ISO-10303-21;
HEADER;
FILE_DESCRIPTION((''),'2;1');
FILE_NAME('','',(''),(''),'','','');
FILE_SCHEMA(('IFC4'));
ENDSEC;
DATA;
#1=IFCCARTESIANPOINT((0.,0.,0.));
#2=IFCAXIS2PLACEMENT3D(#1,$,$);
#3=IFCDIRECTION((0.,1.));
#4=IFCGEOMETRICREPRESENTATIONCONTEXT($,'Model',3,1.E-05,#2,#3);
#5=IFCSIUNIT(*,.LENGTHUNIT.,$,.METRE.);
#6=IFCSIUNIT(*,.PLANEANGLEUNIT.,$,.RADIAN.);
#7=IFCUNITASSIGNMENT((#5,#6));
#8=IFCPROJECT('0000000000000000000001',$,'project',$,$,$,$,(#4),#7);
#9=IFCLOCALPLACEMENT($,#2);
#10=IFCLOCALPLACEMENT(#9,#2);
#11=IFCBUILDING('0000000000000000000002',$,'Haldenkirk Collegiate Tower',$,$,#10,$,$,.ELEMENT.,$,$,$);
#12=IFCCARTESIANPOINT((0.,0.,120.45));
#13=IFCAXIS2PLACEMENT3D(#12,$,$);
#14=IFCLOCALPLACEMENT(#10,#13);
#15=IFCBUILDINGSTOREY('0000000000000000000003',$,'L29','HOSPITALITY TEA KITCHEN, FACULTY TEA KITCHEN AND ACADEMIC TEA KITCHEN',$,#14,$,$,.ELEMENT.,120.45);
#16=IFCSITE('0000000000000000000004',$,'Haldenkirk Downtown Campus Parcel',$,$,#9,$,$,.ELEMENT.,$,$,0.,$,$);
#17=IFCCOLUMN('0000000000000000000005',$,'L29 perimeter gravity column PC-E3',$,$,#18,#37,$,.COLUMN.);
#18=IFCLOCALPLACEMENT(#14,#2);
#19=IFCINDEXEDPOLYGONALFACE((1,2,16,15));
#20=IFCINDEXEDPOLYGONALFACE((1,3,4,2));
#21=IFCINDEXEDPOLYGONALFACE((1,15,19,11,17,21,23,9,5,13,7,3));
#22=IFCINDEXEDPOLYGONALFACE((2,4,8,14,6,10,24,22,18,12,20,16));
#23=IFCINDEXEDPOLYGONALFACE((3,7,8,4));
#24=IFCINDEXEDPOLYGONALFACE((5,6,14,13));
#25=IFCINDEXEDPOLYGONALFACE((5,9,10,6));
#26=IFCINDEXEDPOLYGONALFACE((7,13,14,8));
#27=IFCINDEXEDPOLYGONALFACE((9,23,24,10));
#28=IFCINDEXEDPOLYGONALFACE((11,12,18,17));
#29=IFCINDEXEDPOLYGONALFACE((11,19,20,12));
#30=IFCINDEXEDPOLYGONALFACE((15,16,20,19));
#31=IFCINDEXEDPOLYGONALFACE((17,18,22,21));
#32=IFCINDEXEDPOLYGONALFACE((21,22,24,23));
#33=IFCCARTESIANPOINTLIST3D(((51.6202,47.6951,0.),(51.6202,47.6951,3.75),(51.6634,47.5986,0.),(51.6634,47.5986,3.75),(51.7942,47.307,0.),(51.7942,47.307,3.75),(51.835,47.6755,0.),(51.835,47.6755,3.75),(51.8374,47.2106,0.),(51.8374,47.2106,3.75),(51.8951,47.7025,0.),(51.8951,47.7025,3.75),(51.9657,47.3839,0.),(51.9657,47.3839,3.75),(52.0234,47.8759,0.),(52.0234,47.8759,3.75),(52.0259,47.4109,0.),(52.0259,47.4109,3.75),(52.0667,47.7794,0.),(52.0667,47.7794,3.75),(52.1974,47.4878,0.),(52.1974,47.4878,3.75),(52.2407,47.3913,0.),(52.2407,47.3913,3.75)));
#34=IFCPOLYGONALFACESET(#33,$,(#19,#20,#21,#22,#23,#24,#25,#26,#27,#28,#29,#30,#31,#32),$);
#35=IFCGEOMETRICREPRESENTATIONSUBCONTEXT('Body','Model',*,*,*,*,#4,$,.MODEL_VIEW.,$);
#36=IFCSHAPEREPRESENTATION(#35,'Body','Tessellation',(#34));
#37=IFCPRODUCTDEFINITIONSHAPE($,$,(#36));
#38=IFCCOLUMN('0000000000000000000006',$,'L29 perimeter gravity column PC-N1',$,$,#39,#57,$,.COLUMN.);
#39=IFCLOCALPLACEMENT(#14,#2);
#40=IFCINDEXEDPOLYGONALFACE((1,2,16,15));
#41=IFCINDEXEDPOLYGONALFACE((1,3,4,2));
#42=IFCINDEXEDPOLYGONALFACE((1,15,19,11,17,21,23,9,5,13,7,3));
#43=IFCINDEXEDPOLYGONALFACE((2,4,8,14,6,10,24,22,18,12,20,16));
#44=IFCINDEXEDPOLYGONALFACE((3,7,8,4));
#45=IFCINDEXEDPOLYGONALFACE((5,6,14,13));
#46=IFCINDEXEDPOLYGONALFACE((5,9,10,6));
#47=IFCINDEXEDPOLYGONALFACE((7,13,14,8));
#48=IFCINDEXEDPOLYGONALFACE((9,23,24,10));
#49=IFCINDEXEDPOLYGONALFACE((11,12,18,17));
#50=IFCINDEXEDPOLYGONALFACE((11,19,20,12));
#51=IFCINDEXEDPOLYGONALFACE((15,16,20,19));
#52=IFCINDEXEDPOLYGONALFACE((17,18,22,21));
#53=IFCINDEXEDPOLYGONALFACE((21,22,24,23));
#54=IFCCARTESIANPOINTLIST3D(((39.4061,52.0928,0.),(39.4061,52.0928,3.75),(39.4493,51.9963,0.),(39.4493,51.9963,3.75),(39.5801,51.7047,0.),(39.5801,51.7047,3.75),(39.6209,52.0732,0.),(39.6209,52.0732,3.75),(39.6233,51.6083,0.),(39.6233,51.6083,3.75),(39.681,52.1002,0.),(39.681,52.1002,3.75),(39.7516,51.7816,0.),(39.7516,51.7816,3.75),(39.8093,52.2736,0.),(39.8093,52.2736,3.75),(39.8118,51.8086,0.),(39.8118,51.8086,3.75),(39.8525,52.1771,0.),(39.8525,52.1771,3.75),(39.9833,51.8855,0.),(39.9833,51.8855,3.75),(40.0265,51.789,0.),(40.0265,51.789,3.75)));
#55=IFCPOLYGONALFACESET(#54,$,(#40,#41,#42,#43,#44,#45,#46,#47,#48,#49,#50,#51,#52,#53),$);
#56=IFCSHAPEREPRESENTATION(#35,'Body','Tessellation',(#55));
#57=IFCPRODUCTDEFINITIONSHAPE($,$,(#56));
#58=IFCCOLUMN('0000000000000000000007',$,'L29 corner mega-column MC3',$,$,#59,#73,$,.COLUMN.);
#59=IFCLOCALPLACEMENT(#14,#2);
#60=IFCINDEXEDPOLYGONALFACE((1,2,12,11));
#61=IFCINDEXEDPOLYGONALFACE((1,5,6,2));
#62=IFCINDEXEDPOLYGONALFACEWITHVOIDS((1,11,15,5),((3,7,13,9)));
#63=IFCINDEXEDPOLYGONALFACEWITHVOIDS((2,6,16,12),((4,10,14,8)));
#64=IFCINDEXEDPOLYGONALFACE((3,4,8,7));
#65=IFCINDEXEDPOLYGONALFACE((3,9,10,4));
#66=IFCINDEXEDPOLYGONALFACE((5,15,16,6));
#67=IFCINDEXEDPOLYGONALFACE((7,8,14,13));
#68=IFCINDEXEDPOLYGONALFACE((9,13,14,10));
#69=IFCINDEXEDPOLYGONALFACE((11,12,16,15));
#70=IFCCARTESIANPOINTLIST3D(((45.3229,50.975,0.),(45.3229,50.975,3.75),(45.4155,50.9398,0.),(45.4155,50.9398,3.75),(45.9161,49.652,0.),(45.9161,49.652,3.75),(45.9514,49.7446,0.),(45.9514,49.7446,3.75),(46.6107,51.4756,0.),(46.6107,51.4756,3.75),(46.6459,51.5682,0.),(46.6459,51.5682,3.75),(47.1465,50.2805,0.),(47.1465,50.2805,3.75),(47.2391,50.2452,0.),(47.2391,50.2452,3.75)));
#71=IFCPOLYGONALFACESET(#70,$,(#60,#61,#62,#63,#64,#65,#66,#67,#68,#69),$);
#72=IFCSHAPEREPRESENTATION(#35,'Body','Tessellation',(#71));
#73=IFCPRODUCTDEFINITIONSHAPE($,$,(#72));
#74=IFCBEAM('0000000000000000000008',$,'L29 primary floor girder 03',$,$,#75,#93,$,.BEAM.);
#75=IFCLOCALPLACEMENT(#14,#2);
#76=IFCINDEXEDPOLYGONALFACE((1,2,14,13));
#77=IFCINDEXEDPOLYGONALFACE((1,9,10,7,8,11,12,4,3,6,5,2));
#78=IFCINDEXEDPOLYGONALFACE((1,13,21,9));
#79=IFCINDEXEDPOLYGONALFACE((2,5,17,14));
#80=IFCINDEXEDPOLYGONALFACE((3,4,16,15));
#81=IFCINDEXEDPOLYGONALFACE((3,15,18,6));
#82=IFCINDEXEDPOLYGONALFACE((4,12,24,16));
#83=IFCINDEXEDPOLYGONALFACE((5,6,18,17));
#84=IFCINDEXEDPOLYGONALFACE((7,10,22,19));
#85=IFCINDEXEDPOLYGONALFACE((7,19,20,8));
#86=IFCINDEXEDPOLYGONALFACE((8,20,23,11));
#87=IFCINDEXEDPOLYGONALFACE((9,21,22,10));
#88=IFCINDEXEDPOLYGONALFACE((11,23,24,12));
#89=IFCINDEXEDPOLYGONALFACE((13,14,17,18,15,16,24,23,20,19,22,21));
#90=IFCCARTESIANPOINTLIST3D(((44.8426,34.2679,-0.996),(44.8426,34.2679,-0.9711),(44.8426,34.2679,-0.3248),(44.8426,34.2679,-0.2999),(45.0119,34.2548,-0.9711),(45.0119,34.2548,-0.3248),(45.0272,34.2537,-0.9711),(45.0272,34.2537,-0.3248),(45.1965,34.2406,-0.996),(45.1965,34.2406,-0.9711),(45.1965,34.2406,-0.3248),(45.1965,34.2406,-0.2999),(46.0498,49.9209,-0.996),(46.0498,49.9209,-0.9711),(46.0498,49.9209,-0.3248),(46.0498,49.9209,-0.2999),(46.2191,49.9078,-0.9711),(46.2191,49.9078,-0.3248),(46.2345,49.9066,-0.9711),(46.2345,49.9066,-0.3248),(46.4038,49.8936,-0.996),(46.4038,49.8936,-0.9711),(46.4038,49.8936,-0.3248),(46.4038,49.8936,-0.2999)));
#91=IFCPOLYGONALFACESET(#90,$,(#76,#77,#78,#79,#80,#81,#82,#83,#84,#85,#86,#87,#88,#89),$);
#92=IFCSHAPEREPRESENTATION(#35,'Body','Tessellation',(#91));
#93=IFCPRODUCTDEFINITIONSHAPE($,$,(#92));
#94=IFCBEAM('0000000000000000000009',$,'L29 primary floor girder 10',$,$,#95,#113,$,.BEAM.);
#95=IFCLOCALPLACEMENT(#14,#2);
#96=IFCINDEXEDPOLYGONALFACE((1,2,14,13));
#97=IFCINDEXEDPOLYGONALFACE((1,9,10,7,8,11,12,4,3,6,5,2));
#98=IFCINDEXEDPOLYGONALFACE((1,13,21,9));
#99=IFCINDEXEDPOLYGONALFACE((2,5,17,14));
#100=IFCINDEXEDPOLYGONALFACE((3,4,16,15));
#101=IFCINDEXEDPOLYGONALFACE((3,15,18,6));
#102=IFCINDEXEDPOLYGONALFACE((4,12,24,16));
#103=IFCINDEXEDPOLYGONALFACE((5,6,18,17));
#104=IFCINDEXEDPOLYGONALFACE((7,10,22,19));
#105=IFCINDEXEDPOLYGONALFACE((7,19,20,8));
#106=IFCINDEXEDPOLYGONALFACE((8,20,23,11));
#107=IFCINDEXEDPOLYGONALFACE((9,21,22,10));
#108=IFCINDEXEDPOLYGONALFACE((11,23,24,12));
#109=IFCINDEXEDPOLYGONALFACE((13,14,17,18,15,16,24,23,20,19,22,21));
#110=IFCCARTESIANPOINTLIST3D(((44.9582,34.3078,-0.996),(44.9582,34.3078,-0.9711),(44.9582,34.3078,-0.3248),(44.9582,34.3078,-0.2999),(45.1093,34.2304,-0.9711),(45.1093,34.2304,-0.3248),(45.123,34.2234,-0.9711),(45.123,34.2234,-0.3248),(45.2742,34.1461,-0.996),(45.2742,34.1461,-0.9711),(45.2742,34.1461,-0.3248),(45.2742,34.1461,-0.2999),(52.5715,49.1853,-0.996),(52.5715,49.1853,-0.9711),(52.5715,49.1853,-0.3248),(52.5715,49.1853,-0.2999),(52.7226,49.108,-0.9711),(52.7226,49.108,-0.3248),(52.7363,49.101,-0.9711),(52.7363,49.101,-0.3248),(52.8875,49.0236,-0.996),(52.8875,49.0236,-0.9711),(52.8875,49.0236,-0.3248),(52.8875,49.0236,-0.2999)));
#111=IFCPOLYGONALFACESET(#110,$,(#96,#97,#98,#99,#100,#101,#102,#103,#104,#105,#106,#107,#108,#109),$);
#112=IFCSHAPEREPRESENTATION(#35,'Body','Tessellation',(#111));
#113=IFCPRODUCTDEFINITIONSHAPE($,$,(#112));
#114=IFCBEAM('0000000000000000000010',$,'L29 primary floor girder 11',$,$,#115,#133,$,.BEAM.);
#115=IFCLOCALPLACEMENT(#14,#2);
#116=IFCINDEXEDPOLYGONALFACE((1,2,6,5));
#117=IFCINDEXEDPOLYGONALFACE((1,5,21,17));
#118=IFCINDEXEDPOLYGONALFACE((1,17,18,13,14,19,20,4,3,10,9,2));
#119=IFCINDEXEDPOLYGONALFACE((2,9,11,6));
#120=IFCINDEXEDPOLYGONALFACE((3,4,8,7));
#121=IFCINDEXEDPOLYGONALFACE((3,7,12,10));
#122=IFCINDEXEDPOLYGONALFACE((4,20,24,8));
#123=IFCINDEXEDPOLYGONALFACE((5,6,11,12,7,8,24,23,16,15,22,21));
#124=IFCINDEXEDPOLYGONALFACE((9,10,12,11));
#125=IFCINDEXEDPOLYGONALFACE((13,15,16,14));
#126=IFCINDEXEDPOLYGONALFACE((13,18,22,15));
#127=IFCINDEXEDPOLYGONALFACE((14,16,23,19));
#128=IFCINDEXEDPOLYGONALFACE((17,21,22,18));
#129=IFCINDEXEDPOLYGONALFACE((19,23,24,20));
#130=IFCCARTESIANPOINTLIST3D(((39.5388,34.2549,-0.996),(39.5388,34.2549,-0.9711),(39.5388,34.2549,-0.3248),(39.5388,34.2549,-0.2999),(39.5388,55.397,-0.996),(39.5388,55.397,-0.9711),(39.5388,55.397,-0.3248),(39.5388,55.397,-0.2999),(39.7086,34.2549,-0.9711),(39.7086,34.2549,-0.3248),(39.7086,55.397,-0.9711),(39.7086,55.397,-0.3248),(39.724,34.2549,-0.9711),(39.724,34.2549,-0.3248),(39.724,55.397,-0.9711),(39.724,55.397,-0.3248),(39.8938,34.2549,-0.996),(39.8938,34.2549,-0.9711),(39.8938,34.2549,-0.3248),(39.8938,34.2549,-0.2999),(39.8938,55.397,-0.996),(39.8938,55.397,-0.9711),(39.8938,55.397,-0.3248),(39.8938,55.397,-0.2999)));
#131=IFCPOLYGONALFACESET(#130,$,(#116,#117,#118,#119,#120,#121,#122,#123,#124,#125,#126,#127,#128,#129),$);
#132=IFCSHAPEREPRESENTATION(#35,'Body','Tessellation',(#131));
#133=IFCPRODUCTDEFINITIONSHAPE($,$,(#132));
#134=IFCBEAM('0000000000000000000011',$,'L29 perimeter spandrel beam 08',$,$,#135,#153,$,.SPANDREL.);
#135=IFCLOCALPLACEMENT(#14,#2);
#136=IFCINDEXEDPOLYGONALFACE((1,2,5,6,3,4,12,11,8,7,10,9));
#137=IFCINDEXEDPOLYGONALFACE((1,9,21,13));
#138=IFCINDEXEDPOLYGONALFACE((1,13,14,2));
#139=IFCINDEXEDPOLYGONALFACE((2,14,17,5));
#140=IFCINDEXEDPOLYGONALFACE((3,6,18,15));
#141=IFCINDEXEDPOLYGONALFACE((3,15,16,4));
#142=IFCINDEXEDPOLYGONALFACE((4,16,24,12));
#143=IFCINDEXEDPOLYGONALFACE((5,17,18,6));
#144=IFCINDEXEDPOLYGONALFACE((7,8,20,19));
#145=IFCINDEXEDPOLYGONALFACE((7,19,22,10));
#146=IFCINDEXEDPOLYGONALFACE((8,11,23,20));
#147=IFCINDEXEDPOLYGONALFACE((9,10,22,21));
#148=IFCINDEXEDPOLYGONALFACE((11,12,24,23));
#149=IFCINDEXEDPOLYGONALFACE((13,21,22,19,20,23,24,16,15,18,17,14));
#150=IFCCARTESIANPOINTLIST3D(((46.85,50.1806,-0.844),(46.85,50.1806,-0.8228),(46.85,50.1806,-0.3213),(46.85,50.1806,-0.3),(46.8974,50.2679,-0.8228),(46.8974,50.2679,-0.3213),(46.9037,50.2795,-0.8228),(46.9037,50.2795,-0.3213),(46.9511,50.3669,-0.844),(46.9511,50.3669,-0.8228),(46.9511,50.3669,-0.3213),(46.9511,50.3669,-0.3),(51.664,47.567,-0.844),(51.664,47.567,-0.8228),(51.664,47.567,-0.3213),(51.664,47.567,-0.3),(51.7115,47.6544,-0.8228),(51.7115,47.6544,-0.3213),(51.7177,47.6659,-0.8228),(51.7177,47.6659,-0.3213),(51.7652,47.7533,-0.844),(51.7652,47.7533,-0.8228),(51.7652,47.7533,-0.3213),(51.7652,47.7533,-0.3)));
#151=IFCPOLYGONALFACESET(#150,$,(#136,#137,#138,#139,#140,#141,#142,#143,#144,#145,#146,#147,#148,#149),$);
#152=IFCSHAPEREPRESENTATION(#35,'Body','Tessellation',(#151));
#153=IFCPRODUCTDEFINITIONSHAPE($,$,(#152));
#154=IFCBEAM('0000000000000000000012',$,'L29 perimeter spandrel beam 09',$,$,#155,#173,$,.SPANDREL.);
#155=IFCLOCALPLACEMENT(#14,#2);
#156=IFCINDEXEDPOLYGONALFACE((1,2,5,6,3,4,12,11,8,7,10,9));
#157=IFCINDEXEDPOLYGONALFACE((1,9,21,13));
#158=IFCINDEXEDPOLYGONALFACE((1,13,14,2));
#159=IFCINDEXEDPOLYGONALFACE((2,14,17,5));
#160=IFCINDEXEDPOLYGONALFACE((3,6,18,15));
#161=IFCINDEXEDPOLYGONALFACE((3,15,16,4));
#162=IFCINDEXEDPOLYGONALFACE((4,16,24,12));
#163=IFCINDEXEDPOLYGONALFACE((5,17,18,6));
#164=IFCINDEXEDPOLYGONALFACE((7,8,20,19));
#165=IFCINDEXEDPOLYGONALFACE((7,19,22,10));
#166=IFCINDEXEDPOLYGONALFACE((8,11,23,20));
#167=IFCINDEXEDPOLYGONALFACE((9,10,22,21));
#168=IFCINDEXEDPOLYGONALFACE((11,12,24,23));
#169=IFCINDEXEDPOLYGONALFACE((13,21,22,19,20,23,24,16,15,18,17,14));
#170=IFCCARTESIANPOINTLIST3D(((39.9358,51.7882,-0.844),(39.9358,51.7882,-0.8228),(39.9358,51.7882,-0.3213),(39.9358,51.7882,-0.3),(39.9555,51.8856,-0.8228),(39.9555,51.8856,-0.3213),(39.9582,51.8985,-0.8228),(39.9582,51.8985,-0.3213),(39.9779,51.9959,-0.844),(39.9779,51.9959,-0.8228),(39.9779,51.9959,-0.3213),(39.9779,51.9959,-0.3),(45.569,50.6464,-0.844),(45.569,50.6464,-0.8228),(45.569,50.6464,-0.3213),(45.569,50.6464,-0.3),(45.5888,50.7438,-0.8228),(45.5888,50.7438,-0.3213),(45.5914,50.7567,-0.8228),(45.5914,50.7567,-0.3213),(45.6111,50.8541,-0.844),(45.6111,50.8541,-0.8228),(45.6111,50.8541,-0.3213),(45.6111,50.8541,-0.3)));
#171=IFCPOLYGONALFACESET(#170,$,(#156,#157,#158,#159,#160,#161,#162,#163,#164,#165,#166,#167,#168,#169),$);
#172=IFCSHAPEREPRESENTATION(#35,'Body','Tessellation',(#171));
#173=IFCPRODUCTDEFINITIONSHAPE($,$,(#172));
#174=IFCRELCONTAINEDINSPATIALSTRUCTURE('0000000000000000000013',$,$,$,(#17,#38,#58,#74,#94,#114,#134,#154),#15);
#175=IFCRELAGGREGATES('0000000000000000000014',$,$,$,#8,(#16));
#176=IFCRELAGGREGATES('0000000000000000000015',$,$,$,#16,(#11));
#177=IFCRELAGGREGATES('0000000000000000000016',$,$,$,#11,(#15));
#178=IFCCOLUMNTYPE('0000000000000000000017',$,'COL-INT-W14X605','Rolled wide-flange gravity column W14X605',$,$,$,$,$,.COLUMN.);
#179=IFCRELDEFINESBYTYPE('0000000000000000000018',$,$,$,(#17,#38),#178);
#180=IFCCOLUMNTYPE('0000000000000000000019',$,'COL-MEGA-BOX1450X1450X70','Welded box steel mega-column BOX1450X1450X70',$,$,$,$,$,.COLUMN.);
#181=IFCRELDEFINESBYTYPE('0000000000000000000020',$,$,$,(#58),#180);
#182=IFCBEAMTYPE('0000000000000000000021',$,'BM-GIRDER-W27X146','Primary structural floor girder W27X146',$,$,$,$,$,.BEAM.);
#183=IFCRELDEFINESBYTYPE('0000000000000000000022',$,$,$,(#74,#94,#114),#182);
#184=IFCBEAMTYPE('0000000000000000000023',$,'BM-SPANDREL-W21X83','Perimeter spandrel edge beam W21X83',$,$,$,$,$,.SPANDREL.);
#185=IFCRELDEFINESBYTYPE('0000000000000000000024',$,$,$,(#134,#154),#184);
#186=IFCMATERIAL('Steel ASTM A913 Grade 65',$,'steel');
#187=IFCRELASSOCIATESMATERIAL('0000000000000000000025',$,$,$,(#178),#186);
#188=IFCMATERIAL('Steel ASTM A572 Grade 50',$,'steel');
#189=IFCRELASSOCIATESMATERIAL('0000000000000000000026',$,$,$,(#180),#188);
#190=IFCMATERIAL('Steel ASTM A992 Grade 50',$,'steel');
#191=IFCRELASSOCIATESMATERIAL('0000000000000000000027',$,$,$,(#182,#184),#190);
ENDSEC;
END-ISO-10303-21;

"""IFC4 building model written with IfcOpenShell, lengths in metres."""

from ifc_helpers import new_model, si_unit, direction, frame, origin, origin_2d, place, context, subcontext, project, spatial, hollow_rectangle, i_section, extrude, material, material_profile, profile_set, type_object, element, save


model = new_model("IFC4")

# Units and contexts
model_context = context("Model", 3, precision=1e-05, world=origin(), true_north=direction((0.0, 1.0)))
body_context = subcontext(model_context, "Body", "Model", "MODEL_VIEW")
ifc_project = project(units=[si_unit("LENGTHUNIT", "METRE"), si_unit("PLANEANGLEUNIT", "RADIAN")], contexts=[model_context])

# Site, building, storey
site_placement = place(None, origin())
site = spatial("IfcSite", under=ifc_project, at=site_placement, Name="Haldenkirk Downtown Campus Parcel", CompositionType="ELEMENT", RefElevation=0.0)
building_placement = place(site_placement, origin())
building = spatial("IfcBuilding", under=site, at=building_placement, Name="Haldenkirk Collegiate Tower", CompositionType="ELEMENT")
storey_placement = place(building_placement, frame((0.0, 0.0, 120.45)))
storey = spatial("IfcBuildingStorey", under=building, at=storey_placement, Name="L29", Description="HOSPITALITY TEA KITCHEN, FACULTY TEA KITCHEN AND ACADEMIC TEA KITCHEN", CompositionType="ELEMENT", Elevation=120.45)

# Columns
ifc_material_1 = material(Name="Steel ASTM A913 Grade 65", Category="steel")
ifc_material_profile_1 = material_profile(ifc_material_1, i_section(OverallWidth=0.4419, OverallDepth=0.531, WebThickness=0.0659, FlangeThickness=0.1057, at=origin_2d()), Name="W14X605")
ifc_profile_set_1 = profile_set([ifc_material_profile_1], Name="Steel ASTM A913 Grade 65")
column_type_1 = type_object("IfcColumnType", Name="COL-INT-W14X605", Description="Rolled wide-flange gravity column W14X605", PredefinedType="COLUMN", material=ifc_profile_set_1)
for number, where, z_axis, x_axis, name in (
    (1, (51.9304, 47.5432, 0.0), (0.0, 0.0, 1.0), (0.912477, 0.409127, 0.0), "L29 perimeter gravity column PC-E3"),
    (2, (39.7163, 51.9409, 0.0), (0.0, 0.0, 1.0), (0.912477, 0.409127, 0.0), "L29 perimeter gravity column PC-N1"),
):
    element("IfcColumn", number, at=place(storey_placement, frame(where, z_axis=z_axis, x_axis=x_axis)), inside=storey, type_object=column_type_1, Name=name, PredefinedType="COLUMN", context=body_context, shape_type="SweptSolid", body=[
        extrude(i_section(OverallWidth=0.4419, OverallDepth=0.531, WebThickness=0.0659, FlangeThickness=0.1057, at=origin_2d()), origin(), (0.0, 0.0, 1.0), 3.75),
    ])
ifc_material_2 = material(Name="Steel ASTM A572 Grade 50", Category="steel")
ifc_material_profile_2 = material_profile(ifc_material_2, hollow_rectangle(XDim=1.45, YDim=1.45, WallThickness=0.0701, at=origin_2d()), Name="BOX1450X1450X70")
ifc_profile_set_2 = profile_set([ifc_material_profile_2], Name="Steel ASTM A572 Grade 50")
column_type_2 = type_object("IfcColumnType", Name="COL-MEGA-BOX1450X1450X70", Description="Welded box steel mega-column BOX1450X1450X70", PredefinedType="COLUMN", material=ifc_profile_set_2)
column_placement = place(storey_placement, frame((46.281, 50.6101, 0.0), z_axis=(0.0, 0.0, 1.0), x_axis=(0.912477, 0.409127, 0.0)))
element("IfcColumn", 3, at=column_placement, inside=storey, type_object=column_type_2, Name="L29 corner mega-column MC3", PredefinedType="COLUMN", context=body_context, shape_type="SweptSolid", body=[
    extrude(hollow_rectangle(XDim=1.45, YDim=1.45, WallThickness=0.0701, at=origin_2d()), origin(), (0.0, 0.0, 1.0), 3.75),
])

# Beams
ifc_material_3 = material(Name="Steel ASTM A992 Grade 50", Category="steel")
ifc_material_profile_3 = material_profile(ifc_material_3, i_section(OverallWidth=0.355, OverallDepth=0.696, WebThickness=0.0154, FlangeThickness=0.0249, at=origin_2d()), Name="W27X146")
ifc_profile_set_3 = profile_set([ifc_material_profile_3], Name="Steel ASTM A992 Grade 50")
beam_type_1 = type_object("IfcBeamType", Name="BM-GIRDER-W27X146", Description="Primary structural floor girder W27X146", PredefinedType="BEAM", material=ifc_profile_set_3)
beam_1_placement = place(storey_placement, frame((46.2268, 49.9072, -0.6479), z_axis=(-0.076899, -0.997039, 0.0), x_axis=(0.997039, -0.076899, 0.0)))
element("IfcBeam", 4, at=beam_1_placement, inside=storey, type_object=beam_type_1, Name="L29 primary floor girder 03", PredefinedType="BEAM", context=body_context, shape_type="SweptSolid", body=[
    extrude(i_section(OverallWidth=0.355, OverallDepth=0.696, WebThickness=0.0154, FlangeThickness=0.0249, at=origin_2d()), origin(), (0.0, 0.0, 1.0), 15.6995),
])
beam_2_placement = place(storey_placement, frame((52.7295, 49.1045, -0.6479), z_axis=(-0.45555, -0.89021, 0.0), x_axis=(0.89021, -0.45555, 0.0)))
element("IfcBeam", 5, at=beam_2_placement, inside=storey, type_object=beam_type_1, Name="L29 primary floor girder 10", PredefinedType="BEAM", context=body_context, shape_type="SweptSolid", body=[
    extrude(i_section(OverallWidth=0.355, OverallDepth=0.696, WebThickness=0.0154, FlangeThickness=0.0249, at=origin_2d()), origin(), (0.0, 0.0, 1.0), 16.7124),
])
beam_3_placement = place(storey_placement, frame((39.7163, 55.397, -0.6479), z_axis=(0.0, -1.0, 0.0), x_axis=(1.0, 0.0, 0.0)))
element("IfcBeam", 6, at=beam_3_placement, inside=storey, type_object=beam_type_1, Name="L29 primary floor girder 11", PredefinedType="BEAM", context=body_context, shape_type="SweptSolid", body=[
    extrude(i_section(OverallWidth=0.355, OverallDepth=0.696, WebThickness=0.0154, FlangeThickness=0.0249, at=origin_2d()), origin(), (0.0, 0.0, 1.0), 21.1421),
])
ifc_material_profile_4 = material_profile(ifc_material_3, i_section(OverallWidth=0.2119, OverallDepth=0.5439, WebThickness=0.0132, FlangeThickness=0.0212, at=origin_2d()), Name="W21X83")
ifc_profile_set_4 = profile_set([ifc_material_profile_4], Name="Steel ASTM A992 Grade 50")
beam_type_2 = type_object("IfcBeamType", Name="BM-SPANDREL-W21X83", Description="Perimeter spandrel edge beam W21X83", PredefinedType="SPANDREL", material=ifc_profile_set_4)
beam_4_placement = place(storey_placement, frame((51.7146, 47.6602, -0.572), z_axis=(-0.878836, 0.477124, 0.0), x_axis=(-0.477124, -0.878836, 0.0)))
element("IfcBeam", 7, at=beam_4_placement, inside=storey, type_object=beam_type_2, Name="L29 perimeter spandrel beam 08", PredefinedType="SPANDREL", context=body_context, shape_type="SweptSolid", body=[
    extrude(i_section(OverallWidth=0.2119, OverallDepth=0.5439, WebThickness=0.0132, FlangeThickness=0.0212, at=origin_2d()), origin(), (0.0, 0.0, 1.0), 5.4778),
])
beam_5_placement = place(storey_placement, frame((45.5901, 50.7502, -0.572), z_axis=(-0.980069, 0.198656, 0.0), x_axis=(-0.198656, -0.980069, 0.0)))
element("IfcBeam", 8, at=beam_5_placement, inside=storey, type_object=beam_type_2, Name="L29 perimeter spandrel beam 09", PredefinedType="SPANDREL", context=body_context, shape_type="SweptSolid", body=[
    extrude(i_section(OverallWidth=0.2119, OverallDepth=0.5439, WebThickness=0.0132, FlangeThickness=0.0212, at=origin_2d()), origin(), (0.0, 0.0, 1.0), 5.7478),
])

save(model, "model.ifc")
